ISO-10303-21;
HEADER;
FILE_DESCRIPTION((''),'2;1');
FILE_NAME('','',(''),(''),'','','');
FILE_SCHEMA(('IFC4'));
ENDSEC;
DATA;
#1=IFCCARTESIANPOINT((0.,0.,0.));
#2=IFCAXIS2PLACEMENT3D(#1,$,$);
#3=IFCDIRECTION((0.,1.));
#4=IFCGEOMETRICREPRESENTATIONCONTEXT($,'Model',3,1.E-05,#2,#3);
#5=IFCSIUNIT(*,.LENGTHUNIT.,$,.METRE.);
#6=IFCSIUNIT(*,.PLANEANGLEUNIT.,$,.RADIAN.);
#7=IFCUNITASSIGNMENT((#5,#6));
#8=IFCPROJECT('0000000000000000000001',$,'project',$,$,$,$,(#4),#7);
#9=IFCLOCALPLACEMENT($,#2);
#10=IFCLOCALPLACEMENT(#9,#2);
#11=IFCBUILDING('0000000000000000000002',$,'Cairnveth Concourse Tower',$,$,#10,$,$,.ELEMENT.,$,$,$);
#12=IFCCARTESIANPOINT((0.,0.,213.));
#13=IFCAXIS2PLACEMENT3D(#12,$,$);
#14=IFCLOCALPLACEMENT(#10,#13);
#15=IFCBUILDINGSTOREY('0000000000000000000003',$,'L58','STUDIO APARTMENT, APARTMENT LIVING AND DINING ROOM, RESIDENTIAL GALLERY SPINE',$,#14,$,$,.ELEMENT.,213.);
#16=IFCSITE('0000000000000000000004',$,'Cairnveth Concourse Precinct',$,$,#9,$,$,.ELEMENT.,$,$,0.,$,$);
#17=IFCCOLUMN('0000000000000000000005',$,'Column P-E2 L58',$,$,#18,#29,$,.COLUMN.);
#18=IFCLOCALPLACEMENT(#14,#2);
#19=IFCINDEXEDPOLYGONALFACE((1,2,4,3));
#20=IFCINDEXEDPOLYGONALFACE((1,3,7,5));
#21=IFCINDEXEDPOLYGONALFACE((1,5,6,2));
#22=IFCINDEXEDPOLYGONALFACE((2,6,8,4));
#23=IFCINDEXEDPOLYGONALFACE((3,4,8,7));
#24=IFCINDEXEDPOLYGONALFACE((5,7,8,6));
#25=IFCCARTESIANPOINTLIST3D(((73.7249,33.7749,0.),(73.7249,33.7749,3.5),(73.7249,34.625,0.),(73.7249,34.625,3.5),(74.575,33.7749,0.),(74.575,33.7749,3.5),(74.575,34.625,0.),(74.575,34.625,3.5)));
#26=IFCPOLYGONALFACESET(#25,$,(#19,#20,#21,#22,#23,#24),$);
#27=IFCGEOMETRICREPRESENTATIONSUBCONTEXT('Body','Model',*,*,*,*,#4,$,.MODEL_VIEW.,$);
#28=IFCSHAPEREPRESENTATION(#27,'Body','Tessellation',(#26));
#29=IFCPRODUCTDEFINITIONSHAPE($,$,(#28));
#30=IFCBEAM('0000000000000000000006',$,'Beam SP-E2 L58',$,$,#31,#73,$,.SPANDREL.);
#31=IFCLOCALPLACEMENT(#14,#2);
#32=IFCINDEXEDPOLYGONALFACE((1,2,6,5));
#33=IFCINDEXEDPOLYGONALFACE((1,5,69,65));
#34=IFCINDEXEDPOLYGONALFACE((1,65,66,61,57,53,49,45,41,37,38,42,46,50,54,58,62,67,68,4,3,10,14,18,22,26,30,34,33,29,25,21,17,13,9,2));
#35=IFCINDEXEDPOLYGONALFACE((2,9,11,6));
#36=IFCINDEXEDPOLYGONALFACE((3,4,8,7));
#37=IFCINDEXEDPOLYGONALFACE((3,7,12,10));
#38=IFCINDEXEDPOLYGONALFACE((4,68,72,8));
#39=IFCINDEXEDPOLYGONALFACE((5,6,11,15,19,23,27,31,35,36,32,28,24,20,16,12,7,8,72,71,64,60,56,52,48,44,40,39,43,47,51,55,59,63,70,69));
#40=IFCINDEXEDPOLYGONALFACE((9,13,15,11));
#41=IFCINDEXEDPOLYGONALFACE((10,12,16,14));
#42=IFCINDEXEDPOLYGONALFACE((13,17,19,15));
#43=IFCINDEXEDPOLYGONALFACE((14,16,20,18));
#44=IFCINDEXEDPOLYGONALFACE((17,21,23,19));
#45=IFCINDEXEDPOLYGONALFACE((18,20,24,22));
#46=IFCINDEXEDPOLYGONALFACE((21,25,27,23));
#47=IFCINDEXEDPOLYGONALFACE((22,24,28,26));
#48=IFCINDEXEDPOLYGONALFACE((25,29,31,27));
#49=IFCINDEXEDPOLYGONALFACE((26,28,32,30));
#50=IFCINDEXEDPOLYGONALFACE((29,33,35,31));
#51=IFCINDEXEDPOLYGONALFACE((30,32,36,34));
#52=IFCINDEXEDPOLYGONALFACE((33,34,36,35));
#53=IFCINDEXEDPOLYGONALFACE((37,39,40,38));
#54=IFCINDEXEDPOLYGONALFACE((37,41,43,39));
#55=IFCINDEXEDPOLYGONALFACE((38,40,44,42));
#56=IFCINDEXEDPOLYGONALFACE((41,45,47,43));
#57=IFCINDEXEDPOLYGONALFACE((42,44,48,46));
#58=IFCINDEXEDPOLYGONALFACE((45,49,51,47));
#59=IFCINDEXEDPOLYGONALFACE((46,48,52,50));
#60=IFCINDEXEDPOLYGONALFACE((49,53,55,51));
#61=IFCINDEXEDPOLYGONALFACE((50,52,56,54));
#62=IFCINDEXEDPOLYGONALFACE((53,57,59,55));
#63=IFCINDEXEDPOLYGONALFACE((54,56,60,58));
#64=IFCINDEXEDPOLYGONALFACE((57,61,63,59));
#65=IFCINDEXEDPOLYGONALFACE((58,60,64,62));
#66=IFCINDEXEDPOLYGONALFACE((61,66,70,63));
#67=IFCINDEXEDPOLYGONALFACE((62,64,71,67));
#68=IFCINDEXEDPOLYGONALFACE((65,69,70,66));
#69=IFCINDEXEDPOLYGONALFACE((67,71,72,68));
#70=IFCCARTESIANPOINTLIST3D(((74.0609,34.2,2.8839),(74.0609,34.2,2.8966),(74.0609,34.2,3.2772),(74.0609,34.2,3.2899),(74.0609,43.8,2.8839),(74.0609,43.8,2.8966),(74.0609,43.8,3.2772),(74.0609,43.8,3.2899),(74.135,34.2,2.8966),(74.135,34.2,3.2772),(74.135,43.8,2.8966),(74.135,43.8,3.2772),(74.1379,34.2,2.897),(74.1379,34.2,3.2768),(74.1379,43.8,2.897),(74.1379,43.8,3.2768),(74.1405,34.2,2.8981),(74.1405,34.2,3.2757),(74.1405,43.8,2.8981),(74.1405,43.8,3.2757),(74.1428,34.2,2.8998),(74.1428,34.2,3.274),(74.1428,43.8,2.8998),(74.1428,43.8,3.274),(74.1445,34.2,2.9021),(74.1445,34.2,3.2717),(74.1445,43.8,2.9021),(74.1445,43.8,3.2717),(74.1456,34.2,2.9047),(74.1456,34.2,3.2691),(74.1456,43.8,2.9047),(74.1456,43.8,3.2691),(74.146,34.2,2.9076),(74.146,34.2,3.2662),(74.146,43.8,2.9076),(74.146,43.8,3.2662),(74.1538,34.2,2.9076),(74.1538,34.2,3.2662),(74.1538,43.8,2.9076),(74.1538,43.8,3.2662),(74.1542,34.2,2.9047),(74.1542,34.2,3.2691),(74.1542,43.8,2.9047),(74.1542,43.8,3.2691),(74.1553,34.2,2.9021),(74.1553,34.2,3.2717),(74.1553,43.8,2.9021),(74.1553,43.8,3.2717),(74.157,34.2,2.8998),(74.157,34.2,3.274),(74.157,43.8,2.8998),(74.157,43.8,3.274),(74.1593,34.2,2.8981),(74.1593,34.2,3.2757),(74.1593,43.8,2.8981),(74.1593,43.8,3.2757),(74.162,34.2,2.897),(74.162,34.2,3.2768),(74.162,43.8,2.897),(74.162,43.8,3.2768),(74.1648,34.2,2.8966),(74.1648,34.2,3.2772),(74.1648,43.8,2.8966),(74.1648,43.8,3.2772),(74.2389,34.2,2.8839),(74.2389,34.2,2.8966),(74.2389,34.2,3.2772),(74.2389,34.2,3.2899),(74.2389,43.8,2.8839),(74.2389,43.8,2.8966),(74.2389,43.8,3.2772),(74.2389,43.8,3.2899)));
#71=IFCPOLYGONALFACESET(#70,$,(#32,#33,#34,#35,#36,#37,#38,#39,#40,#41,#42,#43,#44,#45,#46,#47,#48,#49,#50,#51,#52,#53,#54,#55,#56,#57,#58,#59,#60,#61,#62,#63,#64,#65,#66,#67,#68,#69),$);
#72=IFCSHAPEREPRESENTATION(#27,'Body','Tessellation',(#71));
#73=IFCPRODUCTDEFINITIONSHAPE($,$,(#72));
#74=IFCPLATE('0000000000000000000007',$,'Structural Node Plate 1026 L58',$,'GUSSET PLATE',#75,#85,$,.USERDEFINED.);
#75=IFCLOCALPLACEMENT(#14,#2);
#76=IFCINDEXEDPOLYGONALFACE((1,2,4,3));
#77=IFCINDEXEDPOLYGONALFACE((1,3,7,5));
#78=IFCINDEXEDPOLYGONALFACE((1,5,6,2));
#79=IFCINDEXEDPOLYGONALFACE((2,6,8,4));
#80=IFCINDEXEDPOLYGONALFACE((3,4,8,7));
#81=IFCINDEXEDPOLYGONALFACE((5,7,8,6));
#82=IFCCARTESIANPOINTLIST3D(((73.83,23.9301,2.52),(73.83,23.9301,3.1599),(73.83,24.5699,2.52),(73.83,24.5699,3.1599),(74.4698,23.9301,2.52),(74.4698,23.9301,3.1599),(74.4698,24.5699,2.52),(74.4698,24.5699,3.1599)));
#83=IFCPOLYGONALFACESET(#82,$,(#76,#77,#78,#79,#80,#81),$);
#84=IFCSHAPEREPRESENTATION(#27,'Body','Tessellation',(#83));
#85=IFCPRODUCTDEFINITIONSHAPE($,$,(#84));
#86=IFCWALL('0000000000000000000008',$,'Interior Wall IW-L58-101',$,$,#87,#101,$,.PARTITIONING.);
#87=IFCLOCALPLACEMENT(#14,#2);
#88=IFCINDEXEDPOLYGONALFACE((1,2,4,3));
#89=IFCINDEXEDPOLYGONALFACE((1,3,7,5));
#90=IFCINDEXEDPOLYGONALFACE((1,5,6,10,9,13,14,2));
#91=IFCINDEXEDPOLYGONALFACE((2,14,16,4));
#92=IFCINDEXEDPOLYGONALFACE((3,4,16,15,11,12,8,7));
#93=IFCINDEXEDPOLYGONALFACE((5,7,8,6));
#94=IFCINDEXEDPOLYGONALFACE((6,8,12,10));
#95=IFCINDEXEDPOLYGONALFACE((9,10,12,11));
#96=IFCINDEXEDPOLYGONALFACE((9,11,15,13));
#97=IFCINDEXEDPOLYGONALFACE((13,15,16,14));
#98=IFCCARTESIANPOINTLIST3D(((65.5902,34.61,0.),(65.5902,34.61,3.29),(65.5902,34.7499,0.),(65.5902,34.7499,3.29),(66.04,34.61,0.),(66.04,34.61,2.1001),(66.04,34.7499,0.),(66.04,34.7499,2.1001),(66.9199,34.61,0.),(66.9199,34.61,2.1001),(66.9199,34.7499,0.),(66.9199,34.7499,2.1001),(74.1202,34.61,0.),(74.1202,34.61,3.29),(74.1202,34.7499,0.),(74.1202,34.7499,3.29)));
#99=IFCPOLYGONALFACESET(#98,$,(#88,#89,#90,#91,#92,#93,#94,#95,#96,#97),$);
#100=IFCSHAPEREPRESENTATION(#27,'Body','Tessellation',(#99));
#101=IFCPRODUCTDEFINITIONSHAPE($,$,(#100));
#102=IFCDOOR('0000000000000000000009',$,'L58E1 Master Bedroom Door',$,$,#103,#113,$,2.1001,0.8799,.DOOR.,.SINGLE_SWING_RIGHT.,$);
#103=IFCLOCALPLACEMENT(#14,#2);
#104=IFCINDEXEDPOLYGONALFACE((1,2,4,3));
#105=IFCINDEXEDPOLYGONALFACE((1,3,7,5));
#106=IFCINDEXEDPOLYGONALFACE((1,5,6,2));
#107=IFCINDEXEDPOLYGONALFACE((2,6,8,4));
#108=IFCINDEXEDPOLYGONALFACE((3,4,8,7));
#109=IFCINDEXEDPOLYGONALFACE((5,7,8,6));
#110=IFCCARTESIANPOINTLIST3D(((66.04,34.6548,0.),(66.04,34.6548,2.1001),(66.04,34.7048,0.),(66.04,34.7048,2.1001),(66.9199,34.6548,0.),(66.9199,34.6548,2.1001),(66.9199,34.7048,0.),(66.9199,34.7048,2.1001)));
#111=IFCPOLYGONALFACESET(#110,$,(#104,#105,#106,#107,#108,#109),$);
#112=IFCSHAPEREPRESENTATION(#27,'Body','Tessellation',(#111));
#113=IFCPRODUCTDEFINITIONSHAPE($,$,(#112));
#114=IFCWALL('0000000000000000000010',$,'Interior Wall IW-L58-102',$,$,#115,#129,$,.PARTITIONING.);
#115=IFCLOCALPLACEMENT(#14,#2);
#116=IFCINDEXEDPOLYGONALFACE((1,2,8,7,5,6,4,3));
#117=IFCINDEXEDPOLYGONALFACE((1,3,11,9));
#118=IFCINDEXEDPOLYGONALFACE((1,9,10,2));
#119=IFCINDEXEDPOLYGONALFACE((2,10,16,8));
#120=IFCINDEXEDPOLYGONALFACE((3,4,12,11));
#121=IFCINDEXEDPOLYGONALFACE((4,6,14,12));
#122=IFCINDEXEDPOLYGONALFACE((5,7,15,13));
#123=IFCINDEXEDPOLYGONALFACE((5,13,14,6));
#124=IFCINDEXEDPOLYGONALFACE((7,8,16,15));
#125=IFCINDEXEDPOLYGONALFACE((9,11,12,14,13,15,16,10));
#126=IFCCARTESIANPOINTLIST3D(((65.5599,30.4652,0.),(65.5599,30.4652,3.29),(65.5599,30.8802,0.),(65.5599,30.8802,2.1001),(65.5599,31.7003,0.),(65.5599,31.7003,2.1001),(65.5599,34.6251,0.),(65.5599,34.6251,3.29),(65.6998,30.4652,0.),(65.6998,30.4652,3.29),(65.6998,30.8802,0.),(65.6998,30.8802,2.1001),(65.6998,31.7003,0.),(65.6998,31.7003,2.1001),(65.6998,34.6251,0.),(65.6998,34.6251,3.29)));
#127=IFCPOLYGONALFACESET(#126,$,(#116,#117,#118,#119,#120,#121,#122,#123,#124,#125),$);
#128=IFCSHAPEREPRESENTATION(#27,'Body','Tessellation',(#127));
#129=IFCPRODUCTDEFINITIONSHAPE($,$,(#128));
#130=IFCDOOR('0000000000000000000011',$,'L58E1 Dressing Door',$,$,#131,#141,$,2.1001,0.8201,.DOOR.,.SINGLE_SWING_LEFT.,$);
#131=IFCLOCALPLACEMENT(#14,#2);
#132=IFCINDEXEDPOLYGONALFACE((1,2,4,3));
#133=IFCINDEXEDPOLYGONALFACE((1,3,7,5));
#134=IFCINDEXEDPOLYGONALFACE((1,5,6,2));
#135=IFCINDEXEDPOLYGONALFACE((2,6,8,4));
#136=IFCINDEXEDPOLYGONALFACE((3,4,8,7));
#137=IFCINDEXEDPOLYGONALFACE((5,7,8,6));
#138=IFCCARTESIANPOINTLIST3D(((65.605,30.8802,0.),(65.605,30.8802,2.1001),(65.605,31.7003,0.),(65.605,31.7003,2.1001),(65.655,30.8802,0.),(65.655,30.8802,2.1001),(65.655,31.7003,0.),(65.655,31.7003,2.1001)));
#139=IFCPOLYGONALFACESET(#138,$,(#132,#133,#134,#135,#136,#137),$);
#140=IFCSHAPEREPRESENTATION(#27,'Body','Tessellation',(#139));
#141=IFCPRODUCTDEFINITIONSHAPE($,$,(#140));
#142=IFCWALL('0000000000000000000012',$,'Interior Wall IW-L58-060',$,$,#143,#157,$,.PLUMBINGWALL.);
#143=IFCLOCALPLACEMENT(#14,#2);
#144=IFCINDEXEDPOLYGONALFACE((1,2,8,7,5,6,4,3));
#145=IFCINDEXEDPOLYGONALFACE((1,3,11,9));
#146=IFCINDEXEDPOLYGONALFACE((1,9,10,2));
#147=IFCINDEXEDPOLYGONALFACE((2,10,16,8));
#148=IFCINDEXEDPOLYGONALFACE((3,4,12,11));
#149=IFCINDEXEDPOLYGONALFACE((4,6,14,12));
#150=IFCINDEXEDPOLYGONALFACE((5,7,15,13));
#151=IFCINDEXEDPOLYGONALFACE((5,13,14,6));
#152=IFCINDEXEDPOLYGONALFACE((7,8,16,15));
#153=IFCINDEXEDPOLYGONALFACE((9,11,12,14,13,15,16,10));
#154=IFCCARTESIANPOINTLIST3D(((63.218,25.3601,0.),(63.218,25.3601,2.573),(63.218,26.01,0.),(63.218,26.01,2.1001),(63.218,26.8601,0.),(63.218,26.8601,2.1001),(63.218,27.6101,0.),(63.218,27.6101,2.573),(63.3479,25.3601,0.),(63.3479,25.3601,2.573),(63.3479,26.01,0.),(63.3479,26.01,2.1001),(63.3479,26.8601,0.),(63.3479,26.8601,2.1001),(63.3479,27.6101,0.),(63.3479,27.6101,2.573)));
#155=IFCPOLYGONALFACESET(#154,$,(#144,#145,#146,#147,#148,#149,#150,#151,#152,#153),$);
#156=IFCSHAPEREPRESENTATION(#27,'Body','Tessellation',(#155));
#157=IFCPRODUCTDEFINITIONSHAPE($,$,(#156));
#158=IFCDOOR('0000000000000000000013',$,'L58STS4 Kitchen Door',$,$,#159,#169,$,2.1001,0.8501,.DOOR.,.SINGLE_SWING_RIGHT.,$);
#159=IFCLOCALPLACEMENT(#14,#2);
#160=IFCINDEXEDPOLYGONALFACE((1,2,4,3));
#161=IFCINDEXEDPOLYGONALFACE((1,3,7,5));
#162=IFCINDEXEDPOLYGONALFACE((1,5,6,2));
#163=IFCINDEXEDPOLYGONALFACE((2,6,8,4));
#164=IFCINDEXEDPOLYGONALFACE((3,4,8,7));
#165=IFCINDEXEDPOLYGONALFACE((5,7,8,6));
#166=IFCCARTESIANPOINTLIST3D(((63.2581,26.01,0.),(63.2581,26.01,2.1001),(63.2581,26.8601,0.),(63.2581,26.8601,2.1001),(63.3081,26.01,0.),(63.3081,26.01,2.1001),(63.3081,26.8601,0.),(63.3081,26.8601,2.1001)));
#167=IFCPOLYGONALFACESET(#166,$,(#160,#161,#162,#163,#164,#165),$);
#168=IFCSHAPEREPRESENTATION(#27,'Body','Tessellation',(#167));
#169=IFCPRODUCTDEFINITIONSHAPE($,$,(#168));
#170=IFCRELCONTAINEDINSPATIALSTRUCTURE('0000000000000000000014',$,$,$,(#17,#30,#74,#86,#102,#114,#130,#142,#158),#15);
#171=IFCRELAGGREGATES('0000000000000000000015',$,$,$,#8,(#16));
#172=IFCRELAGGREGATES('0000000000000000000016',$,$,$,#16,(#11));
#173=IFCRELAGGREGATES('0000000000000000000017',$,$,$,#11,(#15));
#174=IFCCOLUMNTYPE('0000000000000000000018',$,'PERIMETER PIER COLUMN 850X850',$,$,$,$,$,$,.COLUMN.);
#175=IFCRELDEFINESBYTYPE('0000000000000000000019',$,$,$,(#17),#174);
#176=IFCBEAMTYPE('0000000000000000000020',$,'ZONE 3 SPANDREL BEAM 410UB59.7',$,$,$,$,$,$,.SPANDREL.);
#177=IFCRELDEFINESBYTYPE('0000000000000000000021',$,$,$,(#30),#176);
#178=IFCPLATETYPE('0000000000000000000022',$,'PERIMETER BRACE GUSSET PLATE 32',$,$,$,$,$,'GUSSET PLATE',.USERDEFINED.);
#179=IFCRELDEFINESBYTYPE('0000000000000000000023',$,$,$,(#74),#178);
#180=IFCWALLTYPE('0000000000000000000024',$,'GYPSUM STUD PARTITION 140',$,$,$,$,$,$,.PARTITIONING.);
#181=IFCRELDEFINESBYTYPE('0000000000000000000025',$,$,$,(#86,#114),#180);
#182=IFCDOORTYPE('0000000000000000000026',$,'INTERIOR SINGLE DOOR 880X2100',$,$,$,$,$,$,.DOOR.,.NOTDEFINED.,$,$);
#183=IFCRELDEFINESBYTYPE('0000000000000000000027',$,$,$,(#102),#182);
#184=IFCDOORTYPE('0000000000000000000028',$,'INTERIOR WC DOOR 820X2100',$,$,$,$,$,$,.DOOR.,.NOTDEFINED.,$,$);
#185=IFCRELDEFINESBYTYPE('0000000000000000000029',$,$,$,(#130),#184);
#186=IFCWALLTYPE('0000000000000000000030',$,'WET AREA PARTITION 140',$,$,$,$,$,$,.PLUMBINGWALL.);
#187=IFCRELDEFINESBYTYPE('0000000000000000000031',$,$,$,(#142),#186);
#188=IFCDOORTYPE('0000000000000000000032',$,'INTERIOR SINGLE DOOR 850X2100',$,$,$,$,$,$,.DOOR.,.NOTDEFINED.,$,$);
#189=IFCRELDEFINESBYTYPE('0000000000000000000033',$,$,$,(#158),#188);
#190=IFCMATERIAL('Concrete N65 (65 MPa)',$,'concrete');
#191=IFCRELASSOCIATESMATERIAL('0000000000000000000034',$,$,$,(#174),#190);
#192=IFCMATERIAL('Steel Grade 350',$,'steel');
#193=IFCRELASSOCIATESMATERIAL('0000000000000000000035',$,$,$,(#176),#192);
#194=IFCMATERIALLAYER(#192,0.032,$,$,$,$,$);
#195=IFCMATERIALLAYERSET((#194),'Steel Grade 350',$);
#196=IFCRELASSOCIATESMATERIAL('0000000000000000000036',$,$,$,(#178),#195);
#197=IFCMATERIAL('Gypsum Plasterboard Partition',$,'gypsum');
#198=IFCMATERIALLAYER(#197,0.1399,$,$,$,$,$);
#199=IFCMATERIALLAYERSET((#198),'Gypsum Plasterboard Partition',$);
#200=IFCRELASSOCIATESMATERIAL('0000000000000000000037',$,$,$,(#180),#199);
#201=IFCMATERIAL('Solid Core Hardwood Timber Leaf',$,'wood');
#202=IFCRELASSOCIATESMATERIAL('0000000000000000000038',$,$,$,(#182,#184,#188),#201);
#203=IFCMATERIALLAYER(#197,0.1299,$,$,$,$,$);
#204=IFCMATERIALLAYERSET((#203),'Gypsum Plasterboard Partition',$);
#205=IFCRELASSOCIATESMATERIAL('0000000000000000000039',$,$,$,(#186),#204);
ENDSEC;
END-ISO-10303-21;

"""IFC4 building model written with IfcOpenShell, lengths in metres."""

from ifc_helpers import new_model, si_unit, direction, frame, frame_2d, origin, origin_2d, place, context, subcontext, project, spatial, rectangle, i_section, extrude, material, layer, layer_set, material_profile, profile_set, type_object, element, fill, save


model = new_model("IFC4")

# Units and contexts
model_context = context("Model", 3, precision=1e-05, world=origin(), true_north=direction((0.0, 1.0)))
body_context = subcontext(model_context, "Body", "Model", "MODEL_VIEW")
ifc_project = project(units=[si_unit("LENGTHUNIT", "METRE"), si_unit("PLANEANGLEUNIT", "RADIAN")], contexts=[model_context])

# Site, building, storey
site_placement = place(None, origin())
site = spatial("IfcSite", under=ifc_project, at=site_placement, Name="Cairnveth Concourse Precinct", CompositionType="ELEMENT", RefElevation=0.0)
building_placement = place(site_placement, origin())
building = spatial("IfcBuilding", under=site, at=building_placement, Name="Cairnveth Concourse Tower", CompositionType="ELEMENT")
storey_placement = place(building_placement, frame((0.0, 0.0, 213.0)))
storey = spatial("IfcBuildingStorey", under=building, at=storey_placement, Name="L58", Description="STUDIO APARTMENT, APARTMENT LIVING AND DINING ROOM, RESIDENTIAL GALLERY SPINE", CompositionType="ELEMENT", Elevation=213.0)

# Column
ifc_material_1 = material(Name="Concrete N65 (65 MPa)", Category="concrete")
ifc_material_profile_1 = material_profile(ifc_material_1, rectangle(XDim=0.8501, YDim=0.8501, at=origin_2d()), Name="RC-COL-850x850")
ifc_profile_set_1 = profile_set([ifc_material_profile_1], Name="Concrete N65 (65 MPa)")
column_type = type_object("IfcColumnType", Name="PERIMETER PIER COLUMN 850X850", PredefinedType="COLUMN", material=ifc_profile_set_1)
column_placement = place(storey_placement, frame((74.1499, 34.2, 0.0), z_axis=(0.0, 0.0, 1.0), x_axis=(0.0, 1.0, 0.0)))
element("IfcColumn", 1, at=column_placement, inside=storey, type_object=column_type, Name="Column P-E2 L58", PredefinedType="COLUMN", context=body_context, shape_type="SweptSolid", body=[
    extrude(rectangle(XDim=0.8501, YDim=0.8501, at=origin_2d()), origin(), (0.0, 0.0, 1.0), 3.5),
])

# Beam
ifc_material_2 = material(Name="Steel Grade 350", Category="steel")
ifc_material_profile_2 = material_profile(ifc_material_2, i_section(OverallWidth=0.178, OverallDepth=0.406, WebThickness=0.0078, FlangeThickness=0.0127, FilletRadius=0.011, at=origin_2d()), Name="410UB59.7")
ifc_profile_set_2 = profile_set([ifc_material_profile_2], Name="Steel Grade 350")
beam_type = type_object("IfcBeamType", Name="ZONE 3 SPANDREL BEAM 410UB59.7", PredefinedType="SPANDREL", material=ifc_profile_set_2)
beam_placement = place(storey_placement, frame((74.1499, 34.2, 3.0869), z_axis=(0.0, 1.0, 0.0), x_axis=(-1.0, 0.0, 0.0)))
element("IfcBeam", 2, at=beam_placement, inside=storey, type_object=beam_type, Name="Beam SP-E2 L58", PredefinedType="SPANDREL", context=body_context, shape_type="SweptSolid", body=[
    extrude(i_section(OverallWidth=0.178, OverallDepth=0.406, WebThickness=0.0078, FlangeThickness=0.0127, FilletRadius=0.011, at=origin_2d()), origin(), (0.0, 0.0, 1.0), 9.6001),
])

# Plate
ifc_layer_1 = layer(ifc_material_2, 0.032)
ifc_layer_set_1 = layer_set([ifc_layer_1], Name="Steel Grade 350")
plate_type = type_object("IfcPlateType", Name="PERIMETER BRACE GUSSET PLATE 32", ElementType="GUSSET PLATE", PredefinedType="USERDEFINED", material=ifc_layer_set_1)
plate_placement = place(storey_placement, frame((74.1499, 24.25, 2.52), z_axis=(0.0, 0.0, 1.0), x_axis=(1.0, 0.0, 0.0)))
element("IfcPlate", 3, at=plate_placement, inside=storey, type_object=plate_type, Name="Structural Node Plate 1026 L58", ObjectType="GUSSET PLATE", PredefinedType="USERDEFINED", context=body_context, shape_type="SweptSolid", body=[
    extrude(rectangle(XDim=0.6399, YDim=0.6399, at=origin_2d()), origin(), (0.0, 0.0, 1.0), 0.6399),
])

# Walls, openings, doors
ifc_material_3 = material(Name="Gypsum Plasterboard Partition", Category="gypsum")
ifc_layer_2 = layer(ifc_material_3, 0.1399)
ifc_layer_set_2 = layer_set([ifc_layer_2], Name="Gypsum Plasterboard Partition")
wall_type_1 = type_object("IfcWallType", Name="GYPSUM STUD PARTITION 140", PredefinedType="PARTITIONING", material=ifc_layer_set_2)
wall_1_placement = place(storey_placement, frame((65.5901, 34.6799, 0.0), z_axis=(0.0, 0.0, 1.0), x_axis=(1.0, 0.0, 0.0)))
wall_1 = element("IfcWall", 4, at=wall_1_placement, inside=storey, type_object=wall_type_1, Name="Interior Wall IW-L58-101", PredefinedType="PARTITIONING", context=body_context, shape_type="SweptSolid", body=[
    extrude(rectangle(XDim=8.53, YDim=0.1399, at=frame_2d((4.2651, 0.0))), origin(), (0.0, 0.0, 1.0), 3.29),
])
opening_1_placement = place(wall_1_placement, frame((0.45, 0.0, 0.0)))
opening_1 = element("IfcOpeningElement", 5, at=opening_1_placement, cuts=wall_1, PredefinedType="OPENING", context=body_context, shape_type="SweptSolid", body=[
    extrude(rectangle(XDim=0.8799, YDim=2.1001, at=frame_2d((0.4399, 1.05))), frame((0.0, 0.0798, 0.0), z_axis=(0.0, -1.0, 0.0), x_axis=(1.0, 0.0, 0.0)), (0.0, 0.0, 1.0), 0.1599),
])
ifc_material_4 = material(Name="Solid Core Hardwood Timber Leaf", Category="wood")
door_type_1 = type_object("IfcDoorType", Name="INTERIOR SINGLE DOOR 880X2100", OperationType="NOTDEFINED", PredefinedType="DOOR", material=ifc_material_4)
door_1_placement = place(opening_1_placement, origin())
door_1 = element("IfcDoor", 6, at=door_1_placement, inside=storey, type_object=door_type_1, Name="L58E1 Master Bedroom Door", OperationType="SINGLE_SWING_RIGHT", OverallHeight=2.1001, OverallWidth=0.8799, PredefinedType="DOOR", context=body_context, shape_type="SweptSolid", body=[
    extrude(rectangle(XDim=0.8799, YDim=2.1001, at=frame_2d((0.4399, 1.05))), frame((0.0, 0.0249, 0.0), z_axis=(0.0, -1.0, 0.0), x_axis=(1.0, 0.0, 0.0)), (0.0, 0.0, 1.0), 0.05),
])
fill(opening_1, door_1)
wall_2_placement = place(storey_placement, frame((65.6299, 30.4651, 0.0), z_axis=(0.0, 0.0, 1.0), x_axis=(0.0, 1.0, 0.0)))
wall_2 = element("IfcWall", 7, at=wall_2_placement, inside=storey, type_object=wall_type_1, Name="Interior Wall IW-L58-102", PredefinedType="PARTITIONING", context=body_context, shape_type="SweptSolid", body=[
    extrude(rectangle(XDim=4.1599, YDim=0.1399, at=frame_2d((2.0801, 0.0))), origin(), (0.0, 0.0, 1.0), 3.29),
])
opening_2_placement = place(wall_2_placement, frame((0.415, 0.0, 0.0)))
opening_2 = element("IfcOpeningElement", 8, at=opening_2_placement, cuts=wall_2, PredefinedType="OPENING", context=body_context, shape_type="SweptSolid", body=[
    extrude(rectangle(XDim=0.8201, YDim=2.1001, at=frame_2d((0.4102, 1.05))), frame((0.0, 0.0798, 0.0), z_axis=(0.0, -1.0, 0.0), x_axis=(1.0, 0.0, 0.0)), (0.0, 0.0, 1.0), 0.1599),
])
door_type_2 = type_object("IfcDoorType", Name="INTERIOR WC DOOR 820X2100", OperationType="NOTDEFINED", PredefinedType="DOOR", material=ifc_material_4)
door_2_placement = place(opening_2_placement, origin())
door_2 = element("IfcDoor", 9, at=door_2_placement, inside=storey, type_object=door_type_2, Name="L58E1 Dressing Door", OperationType="SINGLE_SWING_LEFT", OverallHeight=2.1001, OverallWidth=0.8201, PredefinedType="DOOR", context=body_context, shape_type="SweptSolid", body=[
    extrude(rectangle(XDim=0.8201, YDim=2.1001, at=frame_2d((0.4102, 1.05))), frame((0.0, 0.0249, 0.0), z_axis=(0.0, -1.0, 0.0), x_axis=(1.0, 0.0, 0.0)), (0.0, 0.0, 1.0), 0.05),
])
fill(opening_2, door_2)
ifc_layer_3 = layer(ifc_material_3, 0.1299)
ifc_layer_set_3 = layer_set([ifc_layer_3], Name="Gypsum Plasterboard Partition")
wall_type_2 = type_object("IfcWallType", Name="WET AREA PARTITION 140", PredefinedType="PLUMBINGWALL", material=ifc_layer_set_3)
wall_3_placement = place(storey_placement, frame((63.283, 25.3601, 0.0), z_axis=(0.0, 0.0, 1.0), x_axis=(0.0, 1.0, 0.0)))
wall_3 = element("IfcWall", 10, at=wall_3_placement, inside=storey, type_object=wall_type_2, Name="Interior Wall IW-L58-060", PredefinedType="PLUMBINGWALL", context=body_context, shape_type="SweptSolid", body=[
    extrude(rectangle(XDim=2.25, YDim=0.1299, at=frame_2d((1.125, 0.0))), origin(), (0.0, 0.0, 1.0), 2.573),
])
opening_3_placement = place(wall_3_placement, frame((0.6499, 0.0, 0.0)))
opening_3 = element("IfcOpeningElement", 11, at=opening_3_placement, cuts=wall_3, PredefinedType="OPENING", context=body_context, shape_type="SweptSolid", body=[
    extrude(rectangle(XDim=0.8501, YDim=2.1001, at=frame_2d((0.425, 1.05))), frame((0.0, 0.075, 0.0), z_axis=(0.0, -1.0, 0.0), x_axis=(1.0, 0.0, 0.0)), (0.0, 0.0, 1.0), 0.1499),
])
door_type_3 = type_object("IfcDoorType", Name="INTERIOR SINGLE DOOR 850X2100", OperationType="NOTDEFINED", PredefinedType="DOOR", material=ifc_material_4)
door_3_placement = place(opening_3_placement, origin())
door_3 = element("IfcDoor", 12, at=door_3_placement, inside=storey, type_object=door_type_3, Name="L58STS4 Kitchen Door", OperationType="SINGLE_SWING_RIGHT", OverallHeight=2.1001, OverallWidth=0.8501, PredefinedType="DOOR", context=body_context, shape_type="SweptSolid", body=[
    extrude(rectangle(XDim=0.8501, YDim=2.1001, at=frame_2d((0.425, 1.05))), frame((0.0, 0.0249, 0.0), z_axis=(0.0, -1.0, 0.0), x_axis=(1.0, 0.0, 0.0)), (0.0, 0.0, 1.0), 0.05),
])
fill(opening_3, door_3)

save(model, "model.ifc")
